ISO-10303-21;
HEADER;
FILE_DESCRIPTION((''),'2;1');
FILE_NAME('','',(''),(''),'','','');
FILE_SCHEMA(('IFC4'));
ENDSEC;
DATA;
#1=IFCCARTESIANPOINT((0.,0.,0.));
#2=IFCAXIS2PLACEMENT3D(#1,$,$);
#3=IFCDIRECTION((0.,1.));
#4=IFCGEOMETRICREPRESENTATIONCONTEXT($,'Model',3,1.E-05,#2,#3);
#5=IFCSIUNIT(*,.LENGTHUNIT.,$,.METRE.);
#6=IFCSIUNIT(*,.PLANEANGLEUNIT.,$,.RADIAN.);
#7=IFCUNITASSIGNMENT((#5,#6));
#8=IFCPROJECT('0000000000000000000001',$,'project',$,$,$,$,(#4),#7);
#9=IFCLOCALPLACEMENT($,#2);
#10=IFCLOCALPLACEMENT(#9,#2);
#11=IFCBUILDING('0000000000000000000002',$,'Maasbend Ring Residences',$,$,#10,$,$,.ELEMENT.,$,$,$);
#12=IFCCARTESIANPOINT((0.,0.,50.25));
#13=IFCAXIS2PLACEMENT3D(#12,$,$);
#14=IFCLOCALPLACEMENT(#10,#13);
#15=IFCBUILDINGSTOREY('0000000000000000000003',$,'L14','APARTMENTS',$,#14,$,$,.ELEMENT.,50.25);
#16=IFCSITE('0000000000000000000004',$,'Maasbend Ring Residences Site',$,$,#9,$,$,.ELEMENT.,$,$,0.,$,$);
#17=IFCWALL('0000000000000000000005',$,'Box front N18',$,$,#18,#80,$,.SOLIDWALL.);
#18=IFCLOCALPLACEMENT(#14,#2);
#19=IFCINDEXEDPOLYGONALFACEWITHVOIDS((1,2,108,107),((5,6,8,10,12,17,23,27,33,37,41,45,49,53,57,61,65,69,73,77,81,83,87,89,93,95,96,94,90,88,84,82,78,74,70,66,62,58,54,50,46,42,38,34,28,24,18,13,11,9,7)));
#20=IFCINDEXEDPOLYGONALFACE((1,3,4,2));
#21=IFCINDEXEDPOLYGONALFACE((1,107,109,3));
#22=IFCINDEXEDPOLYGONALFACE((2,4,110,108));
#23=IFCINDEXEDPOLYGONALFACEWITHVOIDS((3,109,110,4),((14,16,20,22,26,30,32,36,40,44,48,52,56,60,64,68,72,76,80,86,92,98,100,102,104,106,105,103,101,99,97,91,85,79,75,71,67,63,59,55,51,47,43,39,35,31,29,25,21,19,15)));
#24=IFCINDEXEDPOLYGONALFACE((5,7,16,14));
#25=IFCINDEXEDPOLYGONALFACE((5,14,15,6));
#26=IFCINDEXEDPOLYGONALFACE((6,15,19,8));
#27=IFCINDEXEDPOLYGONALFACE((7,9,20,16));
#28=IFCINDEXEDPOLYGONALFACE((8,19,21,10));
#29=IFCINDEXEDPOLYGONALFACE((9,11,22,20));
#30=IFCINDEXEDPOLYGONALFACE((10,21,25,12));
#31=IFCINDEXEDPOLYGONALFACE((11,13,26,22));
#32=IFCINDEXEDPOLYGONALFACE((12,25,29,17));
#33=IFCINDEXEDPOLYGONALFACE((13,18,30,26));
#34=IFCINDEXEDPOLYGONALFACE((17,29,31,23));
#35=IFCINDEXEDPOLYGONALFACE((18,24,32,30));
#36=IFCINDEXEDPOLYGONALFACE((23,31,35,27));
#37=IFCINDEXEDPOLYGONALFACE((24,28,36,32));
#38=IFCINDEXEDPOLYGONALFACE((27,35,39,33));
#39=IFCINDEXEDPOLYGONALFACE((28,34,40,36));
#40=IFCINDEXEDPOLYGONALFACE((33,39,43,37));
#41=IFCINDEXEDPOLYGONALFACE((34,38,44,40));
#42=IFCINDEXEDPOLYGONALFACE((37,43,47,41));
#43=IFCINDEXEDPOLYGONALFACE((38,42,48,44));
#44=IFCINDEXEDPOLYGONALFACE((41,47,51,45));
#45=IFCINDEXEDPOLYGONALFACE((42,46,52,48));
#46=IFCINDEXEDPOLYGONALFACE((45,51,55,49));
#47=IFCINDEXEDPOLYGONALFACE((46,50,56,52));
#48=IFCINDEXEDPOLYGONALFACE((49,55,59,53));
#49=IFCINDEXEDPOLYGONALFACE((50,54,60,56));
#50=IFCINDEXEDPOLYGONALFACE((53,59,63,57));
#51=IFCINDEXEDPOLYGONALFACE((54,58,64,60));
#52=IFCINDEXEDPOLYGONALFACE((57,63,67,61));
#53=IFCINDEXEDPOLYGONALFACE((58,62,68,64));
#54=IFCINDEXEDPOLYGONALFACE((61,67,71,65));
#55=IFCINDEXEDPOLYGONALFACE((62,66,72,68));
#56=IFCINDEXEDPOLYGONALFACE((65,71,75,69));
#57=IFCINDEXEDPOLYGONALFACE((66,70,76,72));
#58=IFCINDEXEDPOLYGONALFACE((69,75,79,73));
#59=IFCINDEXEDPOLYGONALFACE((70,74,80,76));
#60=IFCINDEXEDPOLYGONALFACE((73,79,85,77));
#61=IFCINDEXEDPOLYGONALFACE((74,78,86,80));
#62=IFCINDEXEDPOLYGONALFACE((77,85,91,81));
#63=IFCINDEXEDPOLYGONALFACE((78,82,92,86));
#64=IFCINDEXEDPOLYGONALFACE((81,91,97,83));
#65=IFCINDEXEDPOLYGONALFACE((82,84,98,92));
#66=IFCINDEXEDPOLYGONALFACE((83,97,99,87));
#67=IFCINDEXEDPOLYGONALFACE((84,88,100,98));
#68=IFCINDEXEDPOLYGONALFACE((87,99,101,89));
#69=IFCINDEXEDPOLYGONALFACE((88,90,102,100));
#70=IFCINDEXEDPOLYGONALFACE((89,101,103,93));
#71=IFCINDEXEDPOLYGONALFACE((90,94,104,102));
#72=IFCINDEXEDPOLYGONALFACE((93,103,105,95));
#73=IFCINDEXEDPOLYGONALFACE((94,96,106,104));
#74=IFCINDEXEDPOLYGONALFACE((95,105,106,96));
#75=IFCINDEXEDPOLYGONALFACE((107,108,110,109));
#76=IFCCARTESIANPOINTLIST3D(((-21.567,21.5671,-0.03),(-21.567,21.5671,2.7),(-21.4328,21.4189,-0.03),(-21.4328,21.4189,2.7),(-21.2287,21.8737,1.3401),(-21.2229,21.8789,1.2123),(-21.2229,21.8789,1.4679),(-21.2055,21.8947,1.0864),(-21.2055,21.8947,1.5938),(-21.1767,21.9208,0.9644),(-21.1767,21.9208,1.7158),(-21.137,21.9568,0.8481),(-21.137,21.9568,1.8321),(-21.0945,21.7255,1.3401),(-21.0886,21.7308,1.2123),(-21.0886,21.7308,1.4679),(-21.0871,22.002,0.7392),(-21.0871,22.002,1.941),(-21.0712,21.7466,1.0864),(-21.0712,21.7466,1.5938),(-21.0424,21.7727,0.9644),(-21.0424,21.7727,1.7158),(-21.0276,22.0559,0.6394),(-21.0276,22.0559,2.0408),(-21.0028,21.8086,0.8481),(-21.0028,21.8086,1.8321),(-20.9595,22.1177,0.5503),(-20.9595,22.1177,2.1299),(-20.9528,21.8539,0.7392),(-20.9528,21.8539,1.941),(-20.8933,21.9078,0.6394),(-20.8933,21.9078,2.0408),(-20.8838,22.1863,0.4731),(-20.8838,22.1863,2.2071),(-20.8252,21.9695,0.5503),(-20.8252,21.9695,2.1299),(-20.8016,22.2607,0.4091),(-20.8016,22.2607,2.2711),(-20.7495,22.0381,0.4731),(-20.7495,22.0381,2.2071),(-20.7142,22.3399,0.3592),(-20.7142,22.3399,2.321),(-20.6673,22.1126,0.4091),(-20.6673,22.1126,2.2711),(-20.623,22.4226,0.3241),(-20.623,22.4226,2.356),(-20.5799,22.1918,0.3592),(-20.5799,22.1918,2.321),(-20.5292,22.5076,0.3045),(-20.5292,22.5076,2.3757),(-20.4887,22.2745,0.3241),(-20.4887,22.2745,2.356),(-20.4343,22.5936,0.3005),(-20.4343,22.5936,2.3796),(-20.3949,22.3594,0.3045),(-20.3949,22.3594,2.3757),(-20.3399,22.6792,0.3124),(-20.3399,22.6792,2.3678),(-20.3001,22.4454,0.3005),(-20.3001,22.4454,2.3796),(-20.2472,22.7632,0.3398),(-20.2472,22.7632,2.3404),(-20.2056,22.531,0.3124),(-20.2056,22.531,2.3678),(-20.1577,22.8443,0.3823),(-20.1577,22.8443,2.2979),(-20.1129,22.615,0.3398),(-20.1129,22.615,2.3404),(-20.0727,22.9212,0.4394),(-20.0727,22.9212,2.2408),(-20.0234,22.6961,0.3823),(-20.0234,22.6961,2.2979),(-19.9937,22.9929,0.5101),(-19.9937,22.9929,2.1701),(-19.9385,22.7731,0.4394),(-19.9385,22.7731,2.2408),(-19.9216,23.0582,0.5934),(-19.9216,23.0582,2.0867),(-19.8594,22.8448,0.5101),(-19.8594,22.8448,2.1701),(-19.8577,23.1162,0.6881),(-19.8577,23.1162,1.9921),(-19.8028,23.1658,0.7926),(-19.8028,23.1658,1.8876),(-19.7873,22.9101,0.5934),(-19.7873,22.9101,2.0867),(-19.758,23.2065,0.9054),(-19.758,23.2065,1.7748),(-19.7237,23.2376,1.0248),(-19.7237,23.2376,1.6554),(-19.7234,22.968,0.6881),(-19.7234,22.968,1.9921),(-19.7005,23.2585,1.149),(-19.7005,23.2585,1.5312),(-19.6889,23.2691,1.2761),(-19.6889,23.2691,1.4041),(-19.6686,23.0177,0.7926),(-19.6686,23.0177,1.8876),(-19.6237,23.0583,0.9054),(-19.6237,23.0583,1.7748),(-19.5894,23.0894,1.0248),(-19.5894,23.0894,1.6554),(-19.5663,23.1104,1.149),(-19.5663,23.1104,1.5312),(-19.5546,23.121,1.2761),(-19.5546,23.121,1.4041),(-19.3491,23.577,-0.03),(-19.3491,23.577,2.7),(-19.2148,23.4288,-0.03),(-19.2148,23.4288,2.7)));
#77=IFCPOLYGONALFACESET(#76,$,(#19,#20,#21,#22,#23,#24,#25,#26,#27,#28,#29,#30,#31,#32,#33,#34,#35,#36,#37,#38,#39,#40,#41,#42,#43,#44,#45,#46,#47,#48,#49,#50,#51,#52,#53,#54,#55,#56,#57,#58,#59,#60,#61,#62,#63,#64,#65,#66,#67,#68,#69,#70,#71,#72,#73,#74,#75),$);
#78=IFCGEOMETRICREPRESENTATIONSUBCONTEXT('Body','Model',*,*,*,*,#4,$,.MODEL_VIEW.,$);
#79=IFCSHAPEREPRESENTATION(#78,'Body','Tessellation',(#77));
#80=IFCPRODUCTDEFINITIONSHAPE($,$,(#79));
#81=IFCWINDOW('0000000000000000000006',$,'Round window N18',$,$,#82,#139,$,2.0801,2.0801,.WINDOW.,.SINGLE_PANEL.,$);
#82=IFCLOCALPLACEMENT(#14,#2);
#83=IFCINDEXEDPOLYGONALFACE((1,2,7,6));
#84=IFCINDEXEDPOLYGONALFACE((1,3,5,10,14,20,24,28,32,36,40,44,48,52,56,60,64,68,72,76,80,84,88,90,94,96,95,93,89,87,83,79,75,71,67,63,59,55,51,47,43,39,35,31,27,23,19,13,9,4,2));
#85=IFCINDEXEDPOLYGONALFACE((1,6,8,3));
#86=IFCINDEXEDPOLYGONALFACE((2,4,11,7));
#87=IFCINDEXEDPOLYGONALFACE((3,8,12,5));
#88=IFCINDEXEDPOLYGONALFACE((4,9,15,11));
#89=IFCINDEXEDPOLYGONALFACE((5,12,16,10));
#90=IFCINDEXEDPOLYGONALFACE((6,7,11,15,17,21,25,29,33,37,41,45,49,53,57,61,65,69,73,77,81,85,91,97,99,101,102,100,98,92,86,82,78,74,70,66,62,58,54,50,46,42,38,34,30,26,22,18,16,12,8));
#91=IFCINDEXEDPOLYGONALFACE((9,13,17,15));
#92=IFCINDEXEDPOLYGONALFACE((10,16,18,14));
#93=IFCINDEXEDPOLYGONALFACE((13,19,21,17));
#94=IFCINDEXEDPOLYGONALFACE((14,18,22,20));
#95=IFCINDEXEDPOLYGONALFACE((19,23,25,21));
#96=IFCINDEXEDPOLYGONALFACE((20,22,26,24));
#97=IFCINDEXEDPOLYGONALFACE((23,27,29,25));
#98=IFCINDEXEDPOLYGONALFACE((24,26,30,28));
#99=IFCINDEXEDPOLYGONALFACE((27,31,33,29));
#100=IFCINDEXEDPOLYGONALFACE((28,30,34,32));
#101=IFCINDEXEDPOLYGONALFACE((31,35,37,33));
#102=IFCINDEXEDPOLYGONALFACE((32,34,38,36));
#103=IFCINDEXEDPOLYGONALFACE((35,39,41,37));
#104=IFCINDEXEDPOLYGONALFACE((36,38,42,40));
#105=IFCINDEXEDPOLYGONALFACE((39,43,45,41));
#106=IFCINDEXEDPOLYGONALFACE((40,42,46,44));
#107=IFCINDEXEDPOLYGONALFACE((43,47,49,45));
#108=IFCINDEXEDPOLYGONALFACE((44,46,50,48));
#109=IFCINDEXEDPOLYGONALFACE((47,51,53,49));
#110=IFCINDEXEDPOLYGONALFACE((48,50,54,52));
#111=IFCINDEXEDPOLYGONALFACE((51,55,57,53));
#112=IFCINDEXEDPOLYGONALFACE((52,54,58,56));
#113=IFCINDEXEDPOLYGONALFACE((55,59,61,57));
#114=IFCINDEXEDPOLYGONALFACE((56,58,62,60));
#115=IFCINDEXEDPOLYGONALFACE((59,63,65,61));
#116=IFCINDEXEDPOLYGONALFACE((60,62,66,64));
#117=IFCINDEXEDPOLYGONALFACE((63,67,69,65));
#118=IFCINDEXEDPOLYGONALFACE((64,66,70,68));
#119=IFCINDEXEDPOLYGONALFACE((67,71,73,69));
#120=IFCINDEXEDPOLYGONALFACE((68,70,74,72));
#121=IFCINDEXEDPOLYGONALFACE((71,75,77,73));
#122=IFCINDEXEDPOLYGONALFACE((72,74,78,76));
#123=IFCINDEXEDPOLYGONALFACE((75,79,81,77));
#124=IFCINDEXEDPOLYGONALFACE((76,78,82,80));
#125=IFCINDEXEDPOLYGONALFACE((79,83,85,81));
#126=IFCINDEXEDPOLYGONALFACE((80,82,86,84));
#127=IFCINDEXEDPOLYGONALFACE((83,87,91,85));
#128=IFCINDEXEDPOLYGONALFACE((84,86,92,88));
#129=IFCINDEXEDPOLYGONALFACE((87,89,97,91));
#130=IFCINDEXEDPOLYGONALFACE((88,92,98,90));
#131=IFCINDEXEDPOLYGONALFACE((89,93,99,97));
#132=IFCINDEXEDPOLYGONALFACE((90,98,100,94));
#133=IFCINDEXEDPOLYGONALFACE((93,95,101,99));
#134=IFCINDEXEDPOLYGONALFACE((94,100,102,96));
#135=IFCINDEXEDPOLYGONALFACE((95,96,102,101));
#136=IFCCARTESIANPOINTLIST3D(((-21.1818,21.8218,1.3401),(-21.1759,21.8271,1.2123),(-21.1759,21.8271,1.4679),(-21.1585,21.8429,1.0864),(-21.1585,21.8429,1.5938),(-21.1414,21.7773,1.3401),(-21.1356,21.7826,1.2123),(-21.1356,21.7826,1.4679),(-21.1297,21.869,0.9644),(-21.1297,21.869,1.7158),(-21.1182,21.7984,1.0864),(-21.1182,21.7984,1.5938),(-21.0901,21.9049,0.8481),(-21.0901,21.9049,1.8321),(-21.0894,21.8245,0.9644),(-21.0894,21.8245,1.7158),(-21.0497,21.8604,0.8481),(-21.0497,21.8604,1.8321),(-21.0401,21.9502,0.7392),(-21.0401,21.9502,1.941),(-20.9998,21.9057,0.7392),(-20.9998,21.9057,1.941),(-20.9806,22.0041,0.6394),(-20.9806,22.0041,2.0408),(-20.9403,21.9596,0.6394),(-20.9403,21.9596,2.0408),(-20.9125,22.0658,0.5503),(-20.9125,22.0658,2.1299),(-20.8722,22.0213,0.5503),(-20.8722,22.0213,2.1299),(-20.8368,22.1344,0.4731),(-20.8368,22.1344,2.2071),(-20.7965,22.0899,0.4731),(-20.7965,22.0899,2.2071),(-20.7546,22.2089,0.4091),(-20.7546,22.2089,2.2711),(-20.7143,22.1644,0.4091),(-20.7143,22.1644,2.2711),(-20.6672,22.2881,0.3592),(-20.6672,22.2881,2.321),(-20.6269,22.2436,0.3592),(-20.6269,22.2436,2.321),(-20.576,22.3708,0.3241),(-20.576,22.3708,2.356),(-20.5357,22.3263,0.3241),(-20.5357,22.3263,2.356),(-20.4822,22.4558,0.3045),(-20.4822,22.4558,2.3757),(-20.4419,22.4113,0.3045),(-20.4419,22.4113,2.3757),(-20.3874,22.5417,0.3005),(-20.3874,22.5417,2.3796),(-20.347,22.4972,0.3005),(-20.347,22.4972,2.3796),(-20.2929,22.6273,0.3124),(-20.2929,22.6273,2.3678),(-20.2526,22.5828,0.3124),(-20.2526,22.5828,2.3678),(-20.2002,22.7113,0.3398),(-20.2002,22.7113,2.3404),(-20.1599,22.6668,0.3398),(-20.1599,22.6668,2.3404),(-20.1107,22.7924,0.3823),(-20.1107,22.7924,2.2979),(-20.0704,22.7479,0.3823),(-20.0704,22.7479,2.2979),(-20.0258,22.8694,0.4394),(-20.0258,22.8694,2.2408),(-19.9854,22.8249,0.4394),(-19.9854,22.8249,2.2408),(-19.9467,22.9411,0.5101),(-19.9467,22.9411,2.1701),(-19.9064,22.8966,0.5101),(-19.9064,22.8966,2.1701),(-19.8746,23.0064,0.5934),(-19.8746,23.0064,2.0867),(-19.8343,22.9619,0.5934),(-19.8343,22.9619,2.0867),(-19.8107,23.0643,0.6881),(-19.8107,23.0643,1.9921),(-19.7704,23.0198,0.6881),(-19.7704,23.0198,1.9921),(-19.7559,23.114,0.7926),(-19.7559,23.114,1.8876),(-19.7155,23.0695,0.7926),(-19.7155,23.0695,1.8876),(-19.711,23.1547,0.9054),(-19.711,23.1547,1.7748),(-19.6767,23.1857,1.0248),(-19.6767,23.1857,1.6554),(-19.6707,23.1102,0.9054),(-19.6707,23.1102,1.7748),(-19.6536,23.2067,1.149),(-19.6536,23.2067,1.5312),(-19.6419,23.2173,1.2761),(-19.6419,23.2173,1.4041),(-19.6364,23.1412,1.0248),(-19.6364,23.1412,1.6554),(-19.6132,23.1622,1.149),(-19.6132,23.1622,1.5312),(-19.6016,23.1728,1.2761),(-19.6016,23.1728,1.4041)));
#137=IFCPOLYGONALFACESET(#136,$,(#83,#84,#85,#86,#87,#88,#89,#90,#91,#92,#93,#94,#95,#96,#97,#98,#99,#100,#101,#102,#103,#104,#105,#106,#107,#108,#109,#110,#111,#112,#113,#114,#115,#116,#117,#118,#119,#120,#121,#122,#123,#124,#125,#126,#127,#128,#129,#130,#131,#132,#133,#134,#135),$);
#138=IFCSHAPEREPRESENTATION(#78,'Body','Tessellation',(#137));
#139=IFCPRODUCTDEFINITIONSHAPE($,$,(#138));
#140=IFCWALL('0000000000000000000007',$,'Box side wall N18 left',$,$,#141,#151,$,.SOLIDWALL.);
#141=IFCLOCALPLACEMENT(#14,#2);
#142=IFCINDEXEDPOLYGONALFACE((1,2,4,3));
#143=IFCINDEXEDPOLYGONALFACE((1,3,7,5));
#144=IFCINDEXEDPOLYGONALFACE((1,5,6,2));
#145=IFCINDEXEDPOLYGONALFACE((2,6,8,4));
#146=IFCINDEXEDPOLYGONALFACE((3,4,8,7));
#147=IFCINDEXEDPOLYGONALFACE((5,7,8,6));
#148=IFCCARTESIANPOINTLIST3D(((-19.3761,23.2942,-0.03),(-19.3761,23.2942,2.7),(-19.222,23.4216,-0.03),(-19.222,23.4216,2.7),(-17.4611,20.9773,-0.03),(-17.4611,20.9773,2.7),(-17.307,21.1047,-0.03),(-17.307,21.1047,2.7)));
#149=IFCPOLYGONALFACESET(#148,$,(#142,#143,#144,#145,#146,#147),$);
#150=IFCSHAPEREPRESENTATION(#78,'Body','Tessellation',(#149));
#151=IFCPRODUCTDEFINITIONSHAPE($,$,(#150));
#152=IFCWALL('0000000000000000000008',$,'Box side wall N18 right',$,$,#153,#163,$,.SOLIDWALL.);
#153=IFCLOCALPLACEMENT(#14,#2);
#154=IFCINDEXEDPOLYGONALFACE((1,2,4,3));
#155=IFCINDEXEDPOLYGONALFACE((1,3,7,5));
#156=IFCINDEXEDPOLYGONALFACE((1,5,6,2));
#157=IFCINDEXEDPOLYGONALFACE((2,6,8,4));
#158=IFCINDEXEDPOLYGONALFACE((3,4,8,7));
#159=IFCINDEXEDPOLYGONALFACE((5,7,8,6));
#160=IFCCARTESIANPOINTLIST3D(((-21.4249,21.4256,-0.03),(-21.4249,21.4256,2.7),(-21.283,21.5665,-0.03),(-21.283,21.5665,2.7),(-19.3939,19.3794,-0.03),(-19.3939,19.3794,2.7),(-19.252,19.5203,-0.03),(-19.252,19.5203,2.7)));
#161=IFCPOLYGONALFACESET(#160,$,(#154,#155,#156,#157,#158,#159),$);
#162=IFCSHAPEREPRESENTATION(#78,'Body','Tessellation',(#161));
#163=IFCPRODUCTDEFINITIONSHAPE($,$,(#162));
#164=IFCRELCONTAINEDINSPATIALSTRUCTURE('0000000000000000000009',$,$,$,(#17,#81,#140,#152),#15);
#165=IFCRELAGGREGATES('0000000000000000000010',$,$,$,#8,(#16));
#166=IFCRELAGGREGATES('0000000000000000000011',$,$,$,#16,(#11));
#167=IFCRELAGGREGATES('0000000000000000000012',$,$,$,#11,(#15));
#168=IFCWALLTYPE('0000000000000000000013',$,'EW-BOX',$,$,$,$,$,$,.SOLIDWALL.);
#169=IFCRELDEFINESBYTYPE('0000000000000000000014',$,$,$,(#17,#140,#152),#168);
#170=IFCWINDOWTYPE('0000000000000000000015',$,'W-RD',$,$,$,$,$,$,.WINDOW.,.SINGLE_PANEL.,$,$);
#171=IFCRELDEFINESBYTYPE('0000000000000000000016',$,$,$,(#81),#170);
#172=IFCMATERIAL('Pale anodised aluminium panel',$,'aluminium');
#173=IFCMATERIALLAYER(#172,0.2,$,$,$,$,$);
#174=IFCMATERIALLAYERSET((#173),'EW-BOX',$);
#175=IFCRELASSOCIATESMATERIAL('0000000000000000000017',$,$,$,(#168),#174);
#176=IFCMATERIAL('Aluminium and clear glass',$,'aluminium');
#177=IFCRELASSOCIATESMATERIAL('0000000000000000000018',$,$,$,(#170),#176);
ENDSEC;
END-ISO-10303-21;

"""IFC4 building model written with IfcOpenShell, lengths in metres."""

from ifc_helpers import new_model, si_unit, direction, frame, frame_2d, origin, place, context, subcontext, project, spatial, rectangle, circle, extrude, material, layer, layer_set, type_object, element, fill, save


model = new_model("IFC4")

# Units and contexts
model_context = context("Model", 3, precision=1e-05, world=origin(), true_north=direction((0.0, 1.0)))
body_context = subcontext(model_context, "Body", "Model", "MODEL_VIEW")
ifc_project = project(units=[si_unit("LENGTHUNIT", "METRE"), si_unit("PLANEANGLEUNIT", "RADIAN")], contexts=[model_context])

# Site, building, storey
site_placement = place(None, origin())
site = spatial("IfcSite", under=ifc_project, at=site_placement, Name="Maasbend Ring Residences Site", CompositionType="ELEMENT", RefElevation=0.0)
building_placement = place(site_placement, origin())
building = spatial("IfcBuilding", under=site, at=building_placement, Name="Maasbend Ring Residences", CompositionType="ELEMENT")
storey_placement = place(building_placement, frame((0.0, 0.0, 50.25)))
storey = spatial("IfcBuildingStorey", under=building, at=storey_placement, Name="L14", Description="APARTMENTS", CompositionType="ELEMENT", Elevation=50.25)

# Shared definitions
ifc_material_1 = material(Name="Pale anodised aluminium panel", Category="aluminium")
ifc_layer_1 = layer(ifc_material_1, 0.2)
ifc_layer_set_1 = layer_set([ifc_layer_1], Name="EW-BOX")
wall_type_1 = type_object("IfcWallType", Name="EW-BOX", PredefinedType="SOLIDWALL", material=ifc_layer_set_1)
ifc_material_2 = material(Name="Aluminium and clear glass", Category="aluminium")
window_type_1 = type_object("IfcWindowType", Name="W-RD", PartitioningType="SINGLE_PANEL", PredefinedType="WINDOW", material=ifc_material_2)

# Wall, opening, window
wall_1_placement = place(storey_placement, frame((-19.282, 23.5029, -0.03), z_axis=(0.0, 0.0, 1.0), x_axis=(-0.740998, -0.671507, 0.0)))
wall_1 = element("IfcWall", 1, at=wall_1_placement, inside=storey, type_object=wall_type_1, Name="Box front N18", PredefinedType="SOLIDWALL", context=body_context, shape_type="SweptSolid", body=[
    extrude(rectangle(XDim=2.9932, YDim=0.2, at=frame_2d((1.4966, 0.0))), origin(), (0.0, 0.0, 1.0), 2.73),
])
opening_1_placement = place(wall_1_placement, frame((0.4565, 0.0, 0.3301)))
opening_1 = element("IfcOpeningElement", 2, at=opening_1_placement, cuts=wall_1, PredefinedType="OPENING", context=body_context, shape_type="SweptSolid", body=[
    extrude(circle(Radius=1.04, at=frame_2d((1.04, 1.04))), frame((0.0, 0.1099, 0.0), z_axis=(0.0, -1.0, 0.0), x_axis=(1.0, 0.0, 0.0)), (0.0, 0.0, 1.0), 0.22),
])
window_1_placement = place(opening_1_placement, origin())
window_1 = element("IfcWindow", 3, at=window_1_placement, inside=storey, type_object=window_type_1, Name="Round window N18", OverallHeight=2.0801, OverallWidth=2.0801, PartitioningType="SINGLE_PANEL", PredefinedType="WINDOW", context=body_context, shape_type="SweptSolid", body=[
    extrude(circle(Radius=1.04, at=frame_2d((1.04, 1.04))), frame((0.0, 0.03, 0.0), z_axis=(0.0, -1.0, 0.0), x_axis=(1.0, 0.0, 0.0)), (0.0, 0.0, 1.0), 0.0601),
])
fill(opening_1, window_1)

# Walls
wall_2_placement = place(storey_placement, frame((-17.384, 21.041, -0.03), z_axis=(0.0, 0.0, 1.0), x_axis=(-0.637096, 0.770785, 0.0)))
element("IfcWall", 4, at=wall_2_placement, inside=storey, type_object=wall_type_1, Name="Box side wall N18 left", PredefinedType="SOLIDWALL", context=body_context, shape_type="SweptSolid", body=[
    extrude(rectangle(XDim=3.0059, YDim=0.2, at=frame_2d((1.5029, 0.0))), origin(), (0.0, 0.0, 1.0), 2.73),
])
wall_3_placement = place(storey_placement, frame((-19.323, 19.45, -0.03), z_axis=(0.0, 0.0, 1.0), x_axis=(-0.704477, 0.709727, 0.0)))
element("IfcWall", 5, at=wall_3_placement, inside=storey, type_object=wall_type_1, Name="Box side wall N18 right", PredefinedType="SOLIDWALL", context=body_context, shape_type="SweptSolid", body=[
    extrude(rectangle(XDim=2.8831, YDim=0.2, at=frame_2d((1.4414, 0.0))), origin(), (0.0, 0.0, 1.0), 2.73),
])

save(model, "model.ifc")
